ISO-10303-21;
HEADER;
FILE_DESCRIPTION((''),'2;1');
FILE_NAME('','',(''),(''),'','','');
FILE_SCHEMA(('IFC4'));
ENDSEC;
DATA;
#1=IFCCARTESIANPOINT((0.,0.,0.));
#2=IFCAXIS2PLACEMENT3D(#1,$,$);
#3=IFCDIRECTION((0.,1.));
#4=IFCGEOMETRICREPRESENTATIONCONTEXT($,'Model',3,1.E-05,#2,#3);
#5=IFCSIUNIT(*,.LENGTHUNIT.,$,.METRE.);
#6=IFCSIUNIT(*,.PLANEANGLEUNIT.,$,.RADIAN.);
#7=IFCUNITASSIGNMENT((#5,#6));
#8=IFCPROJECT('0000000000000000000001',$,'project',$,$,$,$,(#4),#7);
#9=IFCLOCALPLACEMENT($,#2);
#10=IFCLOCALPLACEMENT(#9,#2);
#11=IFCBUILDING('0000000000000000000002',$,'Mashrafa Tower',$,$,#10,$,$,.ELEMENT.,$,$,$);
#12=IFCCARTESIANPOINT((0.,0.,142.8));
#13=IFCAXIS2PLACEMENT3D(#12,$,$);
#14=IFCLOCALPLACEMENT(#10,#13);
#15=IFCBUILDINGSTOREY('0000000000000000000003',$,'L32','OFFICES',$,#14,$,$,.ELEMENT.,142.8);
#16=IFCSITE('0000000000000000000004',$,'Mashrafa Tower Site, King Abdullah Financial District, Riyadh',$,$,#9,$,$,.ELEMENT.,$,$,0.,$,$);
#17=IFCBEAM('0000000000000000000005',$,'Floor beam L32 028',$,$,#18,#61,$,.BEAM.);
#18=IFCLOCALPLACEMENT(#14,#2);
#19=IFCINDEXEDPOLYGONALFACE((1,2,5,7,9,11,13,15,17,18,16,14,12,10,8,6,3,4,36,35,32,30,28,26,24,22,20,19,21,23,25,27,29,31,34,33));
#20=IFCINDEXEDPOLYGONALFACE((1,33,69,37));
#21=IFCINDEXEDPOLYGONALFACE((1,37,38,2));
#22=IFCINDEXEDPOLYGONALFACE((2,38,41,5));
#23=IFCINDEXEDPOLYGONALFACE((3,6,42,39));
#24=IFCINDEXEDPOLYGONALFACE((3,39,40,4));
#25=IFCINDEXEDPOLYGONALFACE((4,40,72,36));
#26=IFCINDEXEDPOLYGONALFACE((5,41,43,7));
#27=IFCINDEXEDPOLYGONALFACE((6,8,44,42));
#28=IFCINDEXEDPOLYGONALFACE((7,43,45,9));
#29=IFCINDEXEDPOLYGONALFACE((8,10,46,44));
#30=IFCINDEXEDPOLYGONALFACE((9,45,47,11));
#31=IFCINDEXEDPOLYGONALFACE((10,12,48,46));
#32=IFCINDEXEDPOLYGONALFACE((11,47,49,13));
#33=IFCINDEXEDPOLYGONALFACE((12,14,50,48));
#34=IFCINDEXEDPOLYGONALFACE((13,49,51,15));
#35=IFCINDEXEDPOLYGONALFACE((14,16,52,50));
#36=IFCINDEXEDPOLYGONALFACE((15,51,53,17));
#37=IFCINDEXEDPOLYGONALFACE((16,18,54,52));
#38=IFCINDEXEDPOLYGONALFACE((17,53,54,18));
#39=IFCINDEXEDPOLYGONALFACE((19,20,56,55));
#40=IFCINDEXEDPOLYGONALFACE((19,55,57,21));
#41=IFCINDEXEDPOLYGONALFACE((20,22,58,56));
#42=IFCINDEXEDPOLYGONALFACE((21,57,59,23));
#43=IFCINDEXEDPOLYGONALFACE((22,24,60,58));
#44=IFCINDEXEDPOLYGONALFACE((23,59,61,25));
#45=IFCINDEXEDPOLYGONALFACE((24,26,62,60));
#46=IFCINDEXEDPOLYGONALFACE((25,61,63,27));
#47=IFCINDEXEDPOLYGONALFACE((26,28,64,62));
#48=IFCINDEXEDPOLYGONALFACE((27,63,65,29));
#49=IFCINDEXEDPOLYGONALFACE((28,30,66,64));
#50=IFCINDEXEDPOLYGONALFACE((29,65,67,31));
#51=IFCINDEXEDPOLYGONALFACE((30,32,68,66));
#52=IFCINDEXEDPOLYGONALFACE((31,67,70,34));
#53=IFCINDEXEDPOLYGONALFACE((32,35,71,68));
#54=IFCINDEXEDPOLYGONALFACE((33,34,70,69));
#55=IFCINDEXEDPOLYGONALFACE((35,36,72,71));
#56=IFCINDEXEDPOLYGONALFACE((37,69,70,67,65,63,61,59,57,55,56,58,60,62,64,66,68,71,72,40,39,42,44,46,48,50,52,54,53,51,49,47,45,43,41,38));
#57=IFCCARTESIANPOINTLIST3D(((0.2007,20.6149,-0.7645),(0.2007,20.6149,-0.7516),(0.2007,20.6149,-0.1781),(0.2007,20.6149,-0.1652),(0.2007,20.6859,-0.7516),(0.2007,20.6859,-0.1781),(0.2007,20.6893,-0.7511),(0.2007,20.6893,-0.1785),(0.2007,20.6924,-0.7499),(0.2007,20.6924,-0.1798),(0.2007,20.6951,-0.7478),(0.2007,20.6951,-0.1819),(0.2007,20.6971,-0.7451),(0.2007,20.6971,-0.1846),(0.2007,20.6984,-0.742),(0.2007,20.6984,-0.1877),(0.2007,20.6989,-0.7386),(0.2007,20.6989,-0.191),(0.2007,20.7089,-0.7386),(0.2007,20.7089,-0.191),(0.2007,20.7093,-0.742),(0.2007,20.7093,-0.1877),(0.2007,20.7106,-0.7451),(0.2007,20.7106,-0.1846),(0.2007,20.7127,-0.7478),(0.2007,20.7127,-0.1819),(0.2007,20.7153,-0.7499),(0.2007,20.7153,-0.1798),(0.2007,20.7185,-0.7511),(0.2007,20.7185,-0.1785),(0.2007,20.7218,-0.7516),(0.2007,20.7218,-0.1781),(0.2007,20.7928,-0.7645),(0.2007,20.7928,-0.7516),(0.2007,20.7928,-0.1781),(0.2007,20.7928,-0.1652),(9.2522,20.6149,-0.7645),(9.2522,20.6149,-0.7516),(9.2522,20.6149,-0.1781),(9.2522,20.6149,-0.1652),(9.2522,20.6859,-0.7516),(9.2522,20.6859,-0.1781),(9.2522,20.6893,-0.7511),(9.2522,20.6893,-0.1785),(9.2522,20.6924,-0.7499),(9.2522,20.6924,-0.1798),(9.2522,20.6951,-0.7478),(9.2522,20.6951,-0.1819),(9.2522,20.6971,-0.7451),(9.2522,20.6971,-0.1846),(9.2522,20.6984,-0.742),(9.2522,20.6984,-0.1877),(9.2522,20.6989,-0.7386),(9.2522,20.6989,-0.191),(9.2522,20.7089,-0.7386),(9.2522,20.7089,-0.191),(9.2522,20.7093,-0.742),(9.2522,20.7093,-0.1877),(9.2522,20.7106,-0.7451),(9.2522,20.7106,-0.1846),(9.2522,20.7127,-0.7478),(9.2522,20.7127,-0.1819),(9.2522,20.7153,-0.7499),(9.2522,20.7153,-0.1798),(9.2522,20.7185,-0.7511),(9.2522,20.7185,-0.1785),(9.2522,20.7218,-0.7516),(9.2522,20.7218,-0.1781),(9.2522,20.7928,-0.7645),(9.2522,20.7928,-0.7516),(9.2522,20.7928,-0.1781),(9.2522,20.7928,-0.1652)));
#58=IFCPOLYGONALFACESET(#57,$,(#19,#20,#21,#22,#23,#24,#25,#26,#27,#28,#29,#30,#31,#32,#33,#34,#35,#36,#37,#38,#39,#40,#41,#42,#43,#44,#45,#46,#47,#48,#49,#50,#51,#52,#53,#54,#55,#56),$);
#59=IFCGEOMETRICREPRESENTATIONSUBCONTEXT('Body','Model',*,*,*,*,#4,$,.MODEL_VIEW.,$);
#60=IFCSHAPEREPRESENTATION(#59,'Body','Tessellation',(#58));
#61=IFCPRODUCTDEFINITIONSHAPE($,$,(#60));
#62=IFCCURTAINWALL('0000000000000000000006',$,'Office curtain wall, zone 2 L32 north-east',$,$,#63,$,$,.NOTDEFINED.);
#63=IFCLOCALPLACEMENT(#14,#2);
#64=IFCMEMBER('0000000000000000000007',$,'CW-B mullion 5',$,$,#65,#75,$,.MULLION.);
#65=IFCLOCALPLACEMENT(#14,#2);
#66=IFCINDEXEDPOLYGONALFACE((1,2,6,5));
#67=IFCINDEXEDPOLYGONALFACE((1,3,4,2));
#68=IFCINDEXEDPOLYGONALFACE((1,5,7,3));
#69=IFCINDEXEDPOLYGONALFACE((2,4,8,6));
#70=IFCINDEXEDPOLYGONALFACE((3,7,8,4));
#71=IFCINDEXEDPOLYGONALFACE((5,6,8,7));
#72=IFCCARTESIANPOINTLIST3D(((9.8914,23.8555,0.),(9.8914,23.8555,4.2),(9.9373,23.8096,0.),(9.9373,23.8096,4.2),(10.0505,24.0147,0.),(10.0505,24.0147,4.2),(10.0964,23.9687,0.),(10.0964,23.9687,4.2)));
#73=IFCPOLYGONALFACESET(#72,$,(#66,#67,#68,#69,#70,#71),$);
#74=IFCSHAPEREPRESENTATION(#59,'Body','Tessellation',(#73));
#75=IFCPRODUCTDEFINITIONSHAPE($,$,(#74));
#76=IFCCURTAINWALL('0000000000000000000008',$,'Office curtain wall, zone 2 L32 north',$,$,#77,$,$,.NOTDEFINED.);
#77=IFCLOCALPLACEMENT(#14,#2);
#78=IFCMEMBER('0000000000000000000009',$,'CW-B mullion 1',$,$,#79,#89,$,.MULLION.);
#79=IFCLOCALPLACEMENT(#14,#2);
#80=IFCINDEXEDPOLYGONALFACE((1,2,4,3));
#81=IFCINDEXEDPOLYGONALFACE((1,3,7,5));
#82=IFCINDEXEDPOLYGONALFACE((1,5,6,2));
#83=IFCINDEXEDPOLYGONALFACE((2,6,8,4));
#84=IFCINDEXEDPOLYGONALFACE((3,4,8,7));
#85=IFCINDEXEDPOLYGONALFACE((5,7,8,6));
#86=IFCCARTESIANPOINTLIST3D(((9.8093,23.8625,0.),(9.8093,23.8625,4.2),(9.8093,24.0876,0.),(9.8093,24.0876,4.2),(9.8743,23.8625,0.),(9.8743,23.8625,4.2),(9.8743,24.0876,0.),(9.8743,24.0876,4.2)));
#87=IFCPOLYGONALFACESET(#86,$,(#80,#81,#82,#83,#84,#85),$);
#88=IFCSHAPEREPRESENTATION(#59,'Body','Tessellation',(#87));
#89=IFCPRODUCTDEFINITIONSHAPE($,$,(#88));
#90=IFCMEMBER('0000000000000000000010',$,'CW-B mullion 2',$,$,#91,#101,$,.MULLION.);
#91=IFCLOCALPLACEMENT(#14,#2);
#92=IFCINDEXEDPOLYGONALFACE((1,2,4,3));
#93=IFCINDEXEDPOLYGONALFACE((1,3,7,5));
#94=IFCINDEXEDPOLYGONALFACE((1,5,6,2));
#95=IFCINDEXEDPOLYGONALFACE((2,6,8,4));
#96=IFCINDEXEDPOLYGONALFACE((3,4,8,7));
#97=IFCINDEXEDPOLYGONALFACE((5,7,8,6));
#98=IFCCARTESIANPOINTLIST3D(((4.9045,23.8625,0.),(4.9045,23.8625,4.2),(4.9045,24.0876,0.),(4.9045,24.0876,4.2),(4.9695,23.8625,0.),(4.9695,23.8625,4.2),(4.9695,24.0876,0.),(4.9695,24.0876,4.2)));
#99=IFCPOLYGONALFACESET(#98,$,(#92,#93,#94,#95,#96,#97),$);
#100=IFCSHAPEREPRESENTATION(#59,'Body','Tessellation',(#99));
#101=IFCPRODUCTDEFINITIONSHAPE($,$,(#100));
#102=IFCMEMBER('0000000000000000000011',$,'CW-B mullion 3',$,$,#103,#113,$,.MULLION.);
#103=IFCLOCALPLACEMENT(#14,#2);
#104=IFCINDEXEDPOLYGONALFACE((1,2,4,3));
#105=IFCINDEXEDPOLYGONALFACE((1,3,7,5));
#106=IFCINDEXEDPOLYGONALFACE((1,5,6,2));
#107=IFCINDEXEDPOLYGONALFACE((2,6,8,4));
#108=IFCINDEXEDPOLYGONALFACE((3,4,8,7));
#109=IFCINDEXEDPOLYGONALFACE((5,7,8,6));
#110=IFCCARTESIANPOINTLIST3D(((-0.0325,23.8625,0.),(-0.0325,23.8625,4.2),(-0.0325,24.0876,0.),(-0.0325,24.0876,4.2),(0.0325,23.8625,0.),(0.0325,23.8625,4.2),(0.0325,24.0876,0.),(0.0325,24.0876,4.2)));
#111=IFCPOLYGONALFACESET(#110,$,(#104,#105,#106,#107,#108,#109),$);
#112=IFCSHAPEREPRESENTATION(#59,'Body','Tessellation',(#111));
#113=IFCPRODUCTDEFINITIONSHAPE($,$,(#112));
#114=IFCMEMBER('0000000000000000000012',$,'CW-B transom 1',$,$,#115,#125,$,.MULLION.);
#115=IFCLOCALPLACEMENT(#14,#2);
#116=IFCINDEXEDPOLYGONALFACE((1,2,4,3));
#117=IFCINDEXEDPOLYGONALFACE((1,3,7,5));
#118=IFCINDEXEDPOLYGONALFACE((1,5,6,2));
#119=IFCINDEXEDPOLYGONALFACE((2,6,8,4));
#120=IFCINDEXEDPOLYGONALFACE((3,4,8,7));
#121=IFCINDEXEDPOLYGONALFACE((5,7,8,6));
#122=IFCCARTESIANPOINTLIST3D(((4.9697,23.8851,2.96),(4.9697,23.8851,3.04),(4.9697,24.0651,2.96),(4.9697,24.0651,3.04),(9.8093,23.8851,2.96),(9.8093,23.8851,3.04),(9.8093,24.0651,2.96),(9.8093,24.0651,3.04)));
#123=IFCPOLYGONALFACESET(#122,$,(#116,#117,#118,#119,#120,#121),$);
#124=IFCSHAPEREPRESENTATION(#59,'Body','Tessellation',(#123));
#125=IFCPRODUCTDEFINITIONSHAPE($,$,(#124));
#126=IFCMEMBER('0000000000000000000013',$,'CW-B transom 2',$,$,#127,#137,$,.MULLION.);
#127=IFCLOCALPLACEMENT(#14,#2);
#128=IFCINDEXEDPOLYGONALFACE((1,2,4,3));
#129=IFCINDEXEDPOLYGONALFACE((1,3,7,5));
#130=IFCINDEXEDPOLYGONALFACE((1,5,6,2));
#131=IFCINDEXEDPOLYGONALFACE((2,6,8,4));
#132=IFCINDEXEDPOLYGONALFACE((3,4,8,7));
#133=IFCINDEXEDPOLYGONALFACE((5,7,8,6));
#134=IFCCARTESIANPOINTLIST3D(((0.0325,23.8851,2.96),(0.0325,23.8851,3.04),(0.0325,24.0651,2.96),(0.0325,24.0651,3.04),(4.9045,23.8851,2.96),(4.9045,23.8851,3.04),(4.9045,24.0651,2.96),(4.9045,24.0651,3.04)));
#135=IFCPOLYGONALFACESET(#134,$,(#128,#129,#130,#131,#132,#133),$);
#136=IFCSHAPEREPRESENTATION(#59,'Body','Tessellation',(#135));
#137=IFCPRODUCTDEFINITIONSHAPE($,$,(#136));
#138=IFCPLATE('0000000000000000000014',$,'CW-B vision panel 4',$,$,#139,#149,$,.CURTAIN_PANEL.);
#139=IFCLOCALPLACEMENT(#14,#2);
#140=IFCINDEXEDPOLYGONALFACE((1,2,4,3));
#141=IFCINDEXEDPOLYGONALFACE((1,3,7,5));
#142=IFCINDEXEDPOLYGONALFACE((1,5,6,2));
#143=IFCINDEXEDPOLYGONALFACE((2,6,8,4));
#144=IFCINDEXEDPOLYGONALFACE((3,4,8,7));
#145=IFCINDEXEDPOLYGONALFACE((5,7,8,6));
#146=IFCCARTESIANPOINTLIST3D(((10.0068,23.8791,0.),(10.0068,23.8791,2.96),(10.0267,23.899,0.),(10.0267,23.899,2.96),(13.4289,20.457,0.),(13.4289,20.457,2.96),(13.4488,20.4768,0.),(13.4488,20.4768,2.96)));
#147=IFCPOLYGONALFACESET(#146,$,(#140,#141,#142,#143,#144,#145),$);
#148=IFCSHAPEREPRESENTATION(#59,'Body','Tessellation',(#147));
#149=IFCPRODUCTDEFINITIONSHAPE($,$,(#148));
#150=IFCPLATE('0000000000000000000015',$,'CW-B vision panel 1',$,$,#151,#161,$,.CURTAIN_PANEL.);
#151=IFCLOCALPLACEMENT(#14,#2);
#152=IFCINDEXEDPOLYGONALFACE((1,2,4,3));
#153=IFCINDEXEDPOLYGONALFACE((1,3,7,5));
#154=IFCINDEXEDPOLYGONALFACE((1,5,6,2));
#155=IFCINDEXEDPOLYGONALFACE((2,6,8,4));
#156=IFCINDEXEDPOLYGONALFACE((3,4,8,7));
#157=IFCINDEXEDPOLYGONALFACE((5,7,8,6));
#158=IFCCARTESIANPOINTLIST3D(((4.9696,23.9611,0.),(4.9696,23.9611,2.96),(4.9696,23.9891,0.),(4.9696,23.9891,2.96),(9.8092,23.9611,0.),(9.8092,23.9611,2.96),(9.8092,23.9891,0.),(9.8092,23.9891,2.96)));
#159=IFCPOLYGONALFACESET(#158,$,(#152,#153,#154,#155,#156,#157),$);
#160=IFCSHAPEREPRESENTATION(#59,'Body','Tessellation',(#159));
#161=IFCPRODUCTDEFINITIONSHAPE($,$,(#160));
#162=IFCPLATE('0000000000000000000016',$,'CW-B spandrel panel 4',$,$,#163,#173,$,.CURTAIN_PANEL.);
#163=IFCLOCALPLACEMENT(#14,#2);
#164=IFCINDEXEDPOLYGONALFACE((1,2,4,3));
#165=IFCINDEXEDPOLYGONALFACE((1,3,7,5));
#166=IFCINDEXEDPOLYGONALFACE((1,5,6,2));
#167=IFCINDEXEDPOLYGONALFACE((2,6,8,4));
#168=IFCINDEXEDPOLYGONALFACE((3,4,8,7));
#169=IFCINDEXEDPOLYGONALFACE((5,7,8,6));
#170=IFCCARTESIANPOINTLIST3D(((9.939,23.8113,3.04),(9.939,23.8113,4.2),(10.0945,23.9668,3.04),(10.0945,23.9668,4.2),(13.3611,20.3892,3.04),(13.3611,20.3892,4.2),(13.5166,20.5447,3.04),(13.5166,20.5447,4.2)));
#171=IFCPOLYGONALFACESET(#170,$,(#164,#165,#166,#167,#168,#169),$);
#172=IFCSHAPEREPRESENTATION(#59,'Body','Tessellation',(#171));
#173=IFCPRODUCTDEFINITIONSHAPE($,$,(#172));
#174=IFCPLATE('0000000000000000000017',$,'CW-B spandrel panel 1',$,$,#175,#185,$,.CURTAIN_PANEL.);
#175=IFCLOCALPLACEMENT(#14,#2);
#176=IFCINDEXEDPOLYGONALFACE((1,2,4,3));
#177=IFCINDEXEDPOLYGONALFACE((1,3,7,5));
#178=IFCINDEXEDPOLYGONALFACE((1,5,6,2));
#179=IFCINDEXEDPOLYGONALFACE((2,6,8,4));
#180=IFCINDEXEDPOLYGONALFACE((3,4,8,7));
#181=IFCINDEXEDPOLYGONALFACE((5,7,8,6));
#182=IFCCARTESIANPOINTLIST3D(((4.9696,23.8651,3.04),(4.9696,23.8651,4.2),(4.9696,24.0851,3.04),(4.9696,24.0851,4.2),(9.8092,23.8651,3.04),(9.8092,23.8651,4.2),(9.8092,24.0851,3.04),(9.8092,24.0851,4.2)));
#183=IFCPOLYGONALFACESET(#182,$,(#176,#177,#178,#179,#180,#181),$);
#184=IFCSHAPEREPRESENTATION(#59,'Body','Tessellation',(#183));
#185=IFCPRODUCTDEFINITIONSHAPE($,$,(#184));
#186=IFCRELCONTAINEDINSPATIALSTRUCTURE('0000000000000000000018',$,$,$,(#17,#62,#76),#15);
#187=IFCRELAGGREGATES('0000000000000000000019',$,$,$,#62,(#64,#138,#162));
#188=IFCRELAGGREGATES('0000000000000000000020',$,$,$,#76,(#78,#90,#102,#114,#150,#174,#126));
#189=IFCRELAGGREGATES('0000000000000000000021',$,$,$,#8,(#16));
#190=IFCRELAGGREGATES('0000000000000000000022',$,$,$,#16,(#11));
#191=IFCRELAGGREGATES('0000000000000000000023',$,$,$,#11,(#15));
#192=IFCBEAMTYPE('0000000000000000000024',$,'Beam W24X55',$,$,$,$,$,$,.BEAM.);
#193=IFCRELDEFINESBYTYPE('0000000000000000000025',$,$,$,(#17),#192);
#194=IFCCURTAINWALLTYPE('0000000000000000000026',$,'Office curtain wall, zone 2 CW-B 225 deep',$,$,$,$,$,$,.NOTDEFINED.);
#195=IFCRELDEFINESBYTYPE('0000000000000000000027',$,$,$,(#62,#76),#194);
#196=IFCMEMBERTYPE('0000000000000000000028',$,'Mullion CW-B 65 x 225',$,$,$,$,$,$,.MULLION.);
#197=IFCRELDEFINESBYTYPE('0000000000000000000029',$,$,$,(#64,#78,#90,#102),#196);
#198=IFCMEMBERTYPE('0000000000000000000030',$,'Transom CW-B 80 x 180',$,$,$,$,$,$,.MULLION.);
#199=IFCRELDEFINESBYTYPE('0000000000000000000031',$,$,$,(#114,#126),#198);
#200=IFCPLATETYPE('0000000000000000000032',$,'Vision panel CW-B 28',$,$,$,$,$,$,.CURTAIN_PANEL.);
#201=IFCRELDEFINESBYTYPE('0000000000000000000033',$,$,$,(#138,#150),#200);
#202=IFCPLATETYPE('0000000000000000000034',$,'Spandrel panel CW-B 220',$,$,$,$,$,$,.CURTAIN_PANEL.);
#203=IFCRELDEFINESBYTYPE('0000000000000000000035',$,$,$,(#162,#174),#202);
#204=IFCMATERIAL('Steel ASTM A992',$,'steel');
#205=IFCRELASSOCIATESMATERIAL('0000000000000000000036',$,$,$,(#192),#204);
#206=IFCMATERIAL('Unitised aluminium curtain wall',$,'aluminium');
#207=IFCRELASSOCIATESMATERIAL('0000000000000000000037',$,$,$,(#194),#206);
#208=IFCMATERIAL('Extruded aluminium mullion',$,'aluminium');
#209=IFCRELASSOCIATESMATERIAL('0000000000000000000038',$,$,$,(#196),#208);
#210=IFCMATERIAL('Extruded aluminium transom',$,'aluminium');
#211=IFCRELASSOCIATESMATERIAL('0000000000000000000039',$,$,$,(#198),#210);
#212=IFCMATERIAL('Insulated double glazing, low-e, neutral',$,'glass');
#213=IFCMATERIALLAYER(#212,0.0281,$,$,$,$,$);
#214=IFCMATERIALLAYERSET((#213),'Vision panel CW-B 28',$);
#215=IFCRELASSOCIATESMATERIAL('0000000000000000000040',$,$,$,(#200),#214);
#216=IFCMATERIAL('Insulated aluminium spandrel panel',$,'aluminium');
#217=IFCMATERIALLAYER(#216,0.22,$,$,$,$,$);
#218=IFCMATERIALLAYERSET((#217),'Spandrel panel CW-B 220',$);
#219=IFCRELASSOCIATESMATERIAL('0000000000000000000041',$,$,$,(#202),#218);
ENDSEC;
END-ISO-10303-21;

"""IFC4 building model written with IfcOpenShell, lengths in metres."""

from ifc_helpers import new_model, si_unit, direction, frame, origin, origin_2d, place, context, subcontext, project, spatial, rectangle, i_section, extrude, source, transform, mapped, material, layer, layer_set, material_profile, profile_set, type_object, type_shapes, element, aggregate, save


model = new_model("IFC4")

# Units and contexts
model_context = context("Model", 3, precision=1e-05, world=origin(), true_north=direction((0.0, 1.0)))
body_context = subcontext(model_context, "Body", "Model", "MODEL_VIEW")
ifc_project = project(units=[si_unit("LENGTHUNIT", "METRE"), si_unit("PLANEANGLEUNIT", "RADIAN")], contexts=[model_context])

# Site, building, storey
site_placement = place(None, origin())
site = spatial("IfcSite", under=ifc_project, at=site_placement, Name="Mashrafa Tower Site, King Abdullah Financial District, Riyadh", CompositionType="ELEMENT", RefElevation=0.0)
building_placement = place(site_placement, origin())
building = spatial("IfcBuilding", under=site, at=building_placement, Name="Mashrafa Tower", CompositionType="ELEMENT")
storey_placement = place(building_placement, frame((0.0, 0.0, 142.8)))
storey = spatial("IfcBuildingStorey", under=building, at=storey_placement, Name="L32", Description="OFFICES", CompositionType="ELEMENT", Elevation=142.8)

# Beam
ifc_material_1 = material(Name="Steel ASTM A992", Category="steel")
ifc_material_profile_1 = material_profile(ifc_material_1, i_section(OverallWidth=0.178, OverallDepth=0.5994, WebThickness=0.01, FlangeThickness=0.0129, FilletRadius=0.0129, at=origin_2d()), Name="W24X55")
ifc_profile_set_1 = profile_set([ifc_material_profile_1], Name="Steel ASTM A992")
beam_type_1 = type_object("IfcBeamType", Name="Beam W24X55", PredefinedType="BEAM", material=ifc_profile_set_1)
beam_1_placement = place(storey_placement, frame((0.2007, 20.7039, -0.4648), z_axis=(1.0, 0.0, 0.0), x_axis=(0.0, 1.0, 0.0)))
element("IfcBeam", 1, at=beam_1_placement, inside=storey, type_object=beam_type_1, Name="Floor beam L32 028", PredefinedType="BEAM", context=body_context, shape_type="SweptSolid", body=[
    extrude(i_section(OverallWidth=0.178, OverallDepth=0.5994, WebThickness=0.01, FlangeThickness=0.0129, FilletRadius=0.0129, at=origin_2d()), origin(), (0.0, 0.0, 1.0), 9.0515),
])

# Curtain wall, member
ifc_material_2 = material(Name="Unitised aluminium curtain wall", Category="aluminium")
curtain_wall_type = type_object("IfcCurtainWallType", Name="Office curtain wall, zone 2 CW-B 225 deep", PredefinedType="NOTDEFINED", material=ifc_material_2)
curtain_wall_1_placement = place(storey_placement, origin())
curtain_wall_1 = element("IfcCurtainWall", 2, at=curtain_wall_1_placement, inside=storey, type_object=curtain_wall_type, Name="Office curtain wall, zone 2 L32 north-east", PredefinedType="NOTDEFINED")
ifc_material_3 = material(Name="Extruded aluminium mullion", Category="aluminium")
ifc_material_profile_2 = material_profile(ifc_material_3, rectangle(XDim=0.2251, YDim=0.0649, at=origin_2d()), Name="Mullion 65x225")
ifc_profile_set_2 = profile_set([ifc_material_profile_2], Name="Extruded aluminium mullion")
member_type_1 = type_object("IfcMemberType", Name="Mullion CW-B 65 x 225", PredefinedType="MULLION", material=ifc_profile_set_2)
shared_shape_1 = source(origin(), body_context, "Body", "SweptSolid", [
    extrude(rectangle(XDim=0.2251, YDim=0.0649, at=origin_2d()), origin(), (0.0, 0.0, 1.0), 4.2),
])
type_shapes(member_type_1, [shared_shape_1])
member_1_placement = place(storey_placement, frame((9.9939, 23.9121, 0.0), z_axis=(0.0, 0.0, 1.0), x_axis=(-0.707107, -0.707107, 0.0)))
member_1 = element("IfcMember", 3, at=member_1_placement, type_object=member_type_1, Name="CW-B mullion 5", PredefinedType="MULLION", context=body_context, shape_type="MappedRepresentation", body=[
    mapped(shared_shape_1, transform((0.0, 0.0, 0.0))),
])

# Curtain wall, members
curtain_wall_2_placement = place(storey_placement, origin())
curtain_wall_2 = element("IfcCurtainWall", 4, at=curtain_wall_2_placement, inside=storey, type_object=curtain_wall_type, Name="Office curtain wall, zone 2 L32 north", PredefinedType="NOTDEFINED")
member_2_placement = place(storey_placement, frame((9.8418, 23.9751, 0.0), z_axis=(0.0, 0.0, 1.0), x_axis=(0.0, -1.0, 0.0)))
member_2 = element("IfcMember", 5, at=member_2_placement, type_object=member_type_1, Name="CW-B mullion 1", PredefinedType="MULLION", context=body_context, shape_type="MappedRepresentation", body=[
    mapped(shared_shape_1, transform((0.0, 0.0, 0.0))),
])
member_3_placement = place(storey_placement, frame((4.937, 23.9751, 0.0), z_axis=(0.0, 0.0, 1.0), x_axis=(0.0, -1.0, 0.0)))
member_3 = element("IfcMember", 6, at=member_3_placement, type_object=member_type_1, Name="CW-B mullion 2", PredefinedType="MULLION", context=body_context, shape_type="MappedRepresentation", body=[
    mapped(shared_shape_1, transform((0.0, 0.0, 0.0))),
])
member_4_placement = place(storey_placement, frame((0.0, 23.9751, 0.0), z_axis=(0.0, 0.0, 1.0), x_axis=(0.0, -1.0, 0.0)))
member_4 = element("IfcMember", 7, at=member_4_placement, type_object=member_type_1, Name="CW-B mullion 3", PredefinedType="MULLION", context=body_context, shape_type="MappedRepresentation", body=[
    mapped(shared_shape_1, transform((0.0, 0.0, 0.0))),
])
ifc_material_4 = material(Name="Extruded aluminium transom", Category="aluminium")
ifc_material_profile_3 = material_profile(ifc_material_4, rectangle(XDim=0.1799, YDim=0.0801, at=origin_2d()), Name="Transom 80x180")
ifc_profile_set_3 = profile_set([ifc_material_profile_3], Name="Extruded aluminium transom")
member_type_2 = type_object("IfcMemberType", Name="Transom CW-B 80 x 180", PredefinedType="MULLION", material=ifc_profile_set_3)
shared_shape_2 = source(origin(), body_context, "Body", "SweptSolid", [
    extrude(rectangle(XDim=0.1799, YDim=0.0801, at=origin_2d()), origin(), (0.0, 0.0, 1.0), 4.8396),
])
member_5_placement = place(storey_placement, frame((9.8093, 23.9751, 3.0), z_axis=(-1.0, 0.0, 0.0), x_axis=(0.0, -1.0, 0.0)))
member_5 = element("IfcMember", 8, at=member_5_placement, type_object=member_type_2, Name="CW-B transom 1", PredefinedType="MULLION", context=body_context, shape_type="MappedRepresentation", body=[
    mapped(shared_shape_2, transform((0.0, 0.0, 0.0))),
])
shared_shape_3 = source(origin(), body_context, "Body", "SweptSolid", [
    extrude(rectangle(XDim=0.1799, YDim=0.0801, at=origin_2d()), origin(), (0.0, 0.0, 1.0), 4.8721),
])
type_shapes(member_type_2, [shared_shape_2, shared_shape_3])
member_6_placement = place(storey_placement, frame((4.9045, 23.9751, 3.0), z_axis=(-1.0, 0.0, 0.0), x_axis=(0.0, -1.0, 0.0)))
member_6 = element("IfcMember", 9, at=member_6_placement, type_object=member_type_2, Name="CW-B transom 2", PredefinedType="MULLION", context=body_context, shape_type="MappedRepresentation", body=[
    mapped(shared_shape_3, transform((0.0, 0.0, 0.0))),
])

# Plates
ifc_material_5 = material(Name="Insulated double glazing, low-e, neutral", Category="glass")
ifc_layer_1 = layer(ifc_material_5, 0.0281)
ifc_layer_set_1 = layer_set([ifc_layer_1], Name="Vision panel CW-B 28")
plate_type_1 = type_object("IfcPlateType", Name="Vision panel CW-B 28", PredefinedType="CURTAIN_PANEL", material=ifc_layer_set_1)
shared_shape_4 = source(origin(), body_context, "Body", "SweptSolid", [
    extrude(rectangle(XDim=4.8396, YDim=0.0281, at=origin_2d()), origin(), (0.0, 0.0, 1.0), 2.96),
])
plate_1_placement = place(storey_placement, frame((11.7278, 22.178, 0.0), z_axis=(0.0, 0.0, 1.0), x_axis=(-0.707107, 0.707107, 0.0)))
plate_1 = element("IfcPlate", 10, at=plate_1_placement, type_object=plate_type_1, Name="CW-B vision panel 4", PredefinedType="CURTAIN_PANEL", context=body_context, shape_type="MappedRepresentation", body=[
    mapped(shared_shape_4, transform((0.0, 0.0, 0.0))),
])
plate_2_placement = place(storey_placement, frame((7.3894, 23.9751, 0.0), z_axis=(0.0, 0.0, 1.0), x_axis=(-1.0, 0.0, 0.0)))
plate_2 = element("IfcPlate", 11, at=plate_2_placement, type_object=plate_type_1, Name="CW-B vision panel 1", PredefinedType="CURTAIN_PANEL", context=body_context, shape_type="MappedRepresentation", body=[
    mapped(shared_shape_4, transform((0.0, 0.0, 0.0))),
])
ifc_material_6 = material(Name="Insulated aluminium spandrel panel", Category="aluminium")
ifc_layer_2 = layer(ifc_material_6, 0.22)
ifc_layer_set_2 = layer_set([ifc_layer_2], Name="Spandrel panel CW-B 220")
plate_type_2 = type_object("IfcPlateType", Name="Spandrel panel CW-B 220", PredefinedType="CURTAIN_PANEL", material=ifc_layer_set_2)
shared_shape_5 = source(origin(), body_context, "Body", "SweptSolid", [
    extrude(rectangle(XDim=4.8396, YDim=0.22, at=origin_2d()), origin(), (0.0, 0.0, 1.0), 1.1599),
])
plate_3_placement = place(storey_placement, frame((11.7278, 22.178, 3.04), z_axis=(0.0, 0.0, 1.0), x_axis=(-0.707107, 0.707107, 0.0)))
plate_3 = element("IfcPlate", 12, at=plate_3_placement, type_object=plate_type_2, Name="CW-B spandrel panel 4", PredefinedType="CURTAIN_PANEL", context=body_context, shape_type="MappedRepresentation", body=[
    mapped(shared_shape_5, transform((0.0, 0.0, 0.0))),
])
aggregate(curtain_wall_1, [member_1, plate_1, plate_3])
plate_4_placement = place(storey_placement, frame((7.3894, 23.9751, 3.04), z_axis=(0.0, 0.0, 1.0), x_axis=(-1.0, 0.0, 0.0)))
plate_4 = element("IfcPlate", 13, at=plate_4_placement, type_object=plate_type_2, Name="CW-B spandrel panel 1", PredefinedType="CURTAIN_PANEL", context=body_context, shape_type="MappedRepresentation", body=[
    mapped(shared_shape_5, transform((0.0, 0.0, 0.0))),
])
aggregate(curtain_wall_2, [member_2, member_3, member_4, member_5, plate_2, plate_4, member_6])

save(model, "model.ifc")
